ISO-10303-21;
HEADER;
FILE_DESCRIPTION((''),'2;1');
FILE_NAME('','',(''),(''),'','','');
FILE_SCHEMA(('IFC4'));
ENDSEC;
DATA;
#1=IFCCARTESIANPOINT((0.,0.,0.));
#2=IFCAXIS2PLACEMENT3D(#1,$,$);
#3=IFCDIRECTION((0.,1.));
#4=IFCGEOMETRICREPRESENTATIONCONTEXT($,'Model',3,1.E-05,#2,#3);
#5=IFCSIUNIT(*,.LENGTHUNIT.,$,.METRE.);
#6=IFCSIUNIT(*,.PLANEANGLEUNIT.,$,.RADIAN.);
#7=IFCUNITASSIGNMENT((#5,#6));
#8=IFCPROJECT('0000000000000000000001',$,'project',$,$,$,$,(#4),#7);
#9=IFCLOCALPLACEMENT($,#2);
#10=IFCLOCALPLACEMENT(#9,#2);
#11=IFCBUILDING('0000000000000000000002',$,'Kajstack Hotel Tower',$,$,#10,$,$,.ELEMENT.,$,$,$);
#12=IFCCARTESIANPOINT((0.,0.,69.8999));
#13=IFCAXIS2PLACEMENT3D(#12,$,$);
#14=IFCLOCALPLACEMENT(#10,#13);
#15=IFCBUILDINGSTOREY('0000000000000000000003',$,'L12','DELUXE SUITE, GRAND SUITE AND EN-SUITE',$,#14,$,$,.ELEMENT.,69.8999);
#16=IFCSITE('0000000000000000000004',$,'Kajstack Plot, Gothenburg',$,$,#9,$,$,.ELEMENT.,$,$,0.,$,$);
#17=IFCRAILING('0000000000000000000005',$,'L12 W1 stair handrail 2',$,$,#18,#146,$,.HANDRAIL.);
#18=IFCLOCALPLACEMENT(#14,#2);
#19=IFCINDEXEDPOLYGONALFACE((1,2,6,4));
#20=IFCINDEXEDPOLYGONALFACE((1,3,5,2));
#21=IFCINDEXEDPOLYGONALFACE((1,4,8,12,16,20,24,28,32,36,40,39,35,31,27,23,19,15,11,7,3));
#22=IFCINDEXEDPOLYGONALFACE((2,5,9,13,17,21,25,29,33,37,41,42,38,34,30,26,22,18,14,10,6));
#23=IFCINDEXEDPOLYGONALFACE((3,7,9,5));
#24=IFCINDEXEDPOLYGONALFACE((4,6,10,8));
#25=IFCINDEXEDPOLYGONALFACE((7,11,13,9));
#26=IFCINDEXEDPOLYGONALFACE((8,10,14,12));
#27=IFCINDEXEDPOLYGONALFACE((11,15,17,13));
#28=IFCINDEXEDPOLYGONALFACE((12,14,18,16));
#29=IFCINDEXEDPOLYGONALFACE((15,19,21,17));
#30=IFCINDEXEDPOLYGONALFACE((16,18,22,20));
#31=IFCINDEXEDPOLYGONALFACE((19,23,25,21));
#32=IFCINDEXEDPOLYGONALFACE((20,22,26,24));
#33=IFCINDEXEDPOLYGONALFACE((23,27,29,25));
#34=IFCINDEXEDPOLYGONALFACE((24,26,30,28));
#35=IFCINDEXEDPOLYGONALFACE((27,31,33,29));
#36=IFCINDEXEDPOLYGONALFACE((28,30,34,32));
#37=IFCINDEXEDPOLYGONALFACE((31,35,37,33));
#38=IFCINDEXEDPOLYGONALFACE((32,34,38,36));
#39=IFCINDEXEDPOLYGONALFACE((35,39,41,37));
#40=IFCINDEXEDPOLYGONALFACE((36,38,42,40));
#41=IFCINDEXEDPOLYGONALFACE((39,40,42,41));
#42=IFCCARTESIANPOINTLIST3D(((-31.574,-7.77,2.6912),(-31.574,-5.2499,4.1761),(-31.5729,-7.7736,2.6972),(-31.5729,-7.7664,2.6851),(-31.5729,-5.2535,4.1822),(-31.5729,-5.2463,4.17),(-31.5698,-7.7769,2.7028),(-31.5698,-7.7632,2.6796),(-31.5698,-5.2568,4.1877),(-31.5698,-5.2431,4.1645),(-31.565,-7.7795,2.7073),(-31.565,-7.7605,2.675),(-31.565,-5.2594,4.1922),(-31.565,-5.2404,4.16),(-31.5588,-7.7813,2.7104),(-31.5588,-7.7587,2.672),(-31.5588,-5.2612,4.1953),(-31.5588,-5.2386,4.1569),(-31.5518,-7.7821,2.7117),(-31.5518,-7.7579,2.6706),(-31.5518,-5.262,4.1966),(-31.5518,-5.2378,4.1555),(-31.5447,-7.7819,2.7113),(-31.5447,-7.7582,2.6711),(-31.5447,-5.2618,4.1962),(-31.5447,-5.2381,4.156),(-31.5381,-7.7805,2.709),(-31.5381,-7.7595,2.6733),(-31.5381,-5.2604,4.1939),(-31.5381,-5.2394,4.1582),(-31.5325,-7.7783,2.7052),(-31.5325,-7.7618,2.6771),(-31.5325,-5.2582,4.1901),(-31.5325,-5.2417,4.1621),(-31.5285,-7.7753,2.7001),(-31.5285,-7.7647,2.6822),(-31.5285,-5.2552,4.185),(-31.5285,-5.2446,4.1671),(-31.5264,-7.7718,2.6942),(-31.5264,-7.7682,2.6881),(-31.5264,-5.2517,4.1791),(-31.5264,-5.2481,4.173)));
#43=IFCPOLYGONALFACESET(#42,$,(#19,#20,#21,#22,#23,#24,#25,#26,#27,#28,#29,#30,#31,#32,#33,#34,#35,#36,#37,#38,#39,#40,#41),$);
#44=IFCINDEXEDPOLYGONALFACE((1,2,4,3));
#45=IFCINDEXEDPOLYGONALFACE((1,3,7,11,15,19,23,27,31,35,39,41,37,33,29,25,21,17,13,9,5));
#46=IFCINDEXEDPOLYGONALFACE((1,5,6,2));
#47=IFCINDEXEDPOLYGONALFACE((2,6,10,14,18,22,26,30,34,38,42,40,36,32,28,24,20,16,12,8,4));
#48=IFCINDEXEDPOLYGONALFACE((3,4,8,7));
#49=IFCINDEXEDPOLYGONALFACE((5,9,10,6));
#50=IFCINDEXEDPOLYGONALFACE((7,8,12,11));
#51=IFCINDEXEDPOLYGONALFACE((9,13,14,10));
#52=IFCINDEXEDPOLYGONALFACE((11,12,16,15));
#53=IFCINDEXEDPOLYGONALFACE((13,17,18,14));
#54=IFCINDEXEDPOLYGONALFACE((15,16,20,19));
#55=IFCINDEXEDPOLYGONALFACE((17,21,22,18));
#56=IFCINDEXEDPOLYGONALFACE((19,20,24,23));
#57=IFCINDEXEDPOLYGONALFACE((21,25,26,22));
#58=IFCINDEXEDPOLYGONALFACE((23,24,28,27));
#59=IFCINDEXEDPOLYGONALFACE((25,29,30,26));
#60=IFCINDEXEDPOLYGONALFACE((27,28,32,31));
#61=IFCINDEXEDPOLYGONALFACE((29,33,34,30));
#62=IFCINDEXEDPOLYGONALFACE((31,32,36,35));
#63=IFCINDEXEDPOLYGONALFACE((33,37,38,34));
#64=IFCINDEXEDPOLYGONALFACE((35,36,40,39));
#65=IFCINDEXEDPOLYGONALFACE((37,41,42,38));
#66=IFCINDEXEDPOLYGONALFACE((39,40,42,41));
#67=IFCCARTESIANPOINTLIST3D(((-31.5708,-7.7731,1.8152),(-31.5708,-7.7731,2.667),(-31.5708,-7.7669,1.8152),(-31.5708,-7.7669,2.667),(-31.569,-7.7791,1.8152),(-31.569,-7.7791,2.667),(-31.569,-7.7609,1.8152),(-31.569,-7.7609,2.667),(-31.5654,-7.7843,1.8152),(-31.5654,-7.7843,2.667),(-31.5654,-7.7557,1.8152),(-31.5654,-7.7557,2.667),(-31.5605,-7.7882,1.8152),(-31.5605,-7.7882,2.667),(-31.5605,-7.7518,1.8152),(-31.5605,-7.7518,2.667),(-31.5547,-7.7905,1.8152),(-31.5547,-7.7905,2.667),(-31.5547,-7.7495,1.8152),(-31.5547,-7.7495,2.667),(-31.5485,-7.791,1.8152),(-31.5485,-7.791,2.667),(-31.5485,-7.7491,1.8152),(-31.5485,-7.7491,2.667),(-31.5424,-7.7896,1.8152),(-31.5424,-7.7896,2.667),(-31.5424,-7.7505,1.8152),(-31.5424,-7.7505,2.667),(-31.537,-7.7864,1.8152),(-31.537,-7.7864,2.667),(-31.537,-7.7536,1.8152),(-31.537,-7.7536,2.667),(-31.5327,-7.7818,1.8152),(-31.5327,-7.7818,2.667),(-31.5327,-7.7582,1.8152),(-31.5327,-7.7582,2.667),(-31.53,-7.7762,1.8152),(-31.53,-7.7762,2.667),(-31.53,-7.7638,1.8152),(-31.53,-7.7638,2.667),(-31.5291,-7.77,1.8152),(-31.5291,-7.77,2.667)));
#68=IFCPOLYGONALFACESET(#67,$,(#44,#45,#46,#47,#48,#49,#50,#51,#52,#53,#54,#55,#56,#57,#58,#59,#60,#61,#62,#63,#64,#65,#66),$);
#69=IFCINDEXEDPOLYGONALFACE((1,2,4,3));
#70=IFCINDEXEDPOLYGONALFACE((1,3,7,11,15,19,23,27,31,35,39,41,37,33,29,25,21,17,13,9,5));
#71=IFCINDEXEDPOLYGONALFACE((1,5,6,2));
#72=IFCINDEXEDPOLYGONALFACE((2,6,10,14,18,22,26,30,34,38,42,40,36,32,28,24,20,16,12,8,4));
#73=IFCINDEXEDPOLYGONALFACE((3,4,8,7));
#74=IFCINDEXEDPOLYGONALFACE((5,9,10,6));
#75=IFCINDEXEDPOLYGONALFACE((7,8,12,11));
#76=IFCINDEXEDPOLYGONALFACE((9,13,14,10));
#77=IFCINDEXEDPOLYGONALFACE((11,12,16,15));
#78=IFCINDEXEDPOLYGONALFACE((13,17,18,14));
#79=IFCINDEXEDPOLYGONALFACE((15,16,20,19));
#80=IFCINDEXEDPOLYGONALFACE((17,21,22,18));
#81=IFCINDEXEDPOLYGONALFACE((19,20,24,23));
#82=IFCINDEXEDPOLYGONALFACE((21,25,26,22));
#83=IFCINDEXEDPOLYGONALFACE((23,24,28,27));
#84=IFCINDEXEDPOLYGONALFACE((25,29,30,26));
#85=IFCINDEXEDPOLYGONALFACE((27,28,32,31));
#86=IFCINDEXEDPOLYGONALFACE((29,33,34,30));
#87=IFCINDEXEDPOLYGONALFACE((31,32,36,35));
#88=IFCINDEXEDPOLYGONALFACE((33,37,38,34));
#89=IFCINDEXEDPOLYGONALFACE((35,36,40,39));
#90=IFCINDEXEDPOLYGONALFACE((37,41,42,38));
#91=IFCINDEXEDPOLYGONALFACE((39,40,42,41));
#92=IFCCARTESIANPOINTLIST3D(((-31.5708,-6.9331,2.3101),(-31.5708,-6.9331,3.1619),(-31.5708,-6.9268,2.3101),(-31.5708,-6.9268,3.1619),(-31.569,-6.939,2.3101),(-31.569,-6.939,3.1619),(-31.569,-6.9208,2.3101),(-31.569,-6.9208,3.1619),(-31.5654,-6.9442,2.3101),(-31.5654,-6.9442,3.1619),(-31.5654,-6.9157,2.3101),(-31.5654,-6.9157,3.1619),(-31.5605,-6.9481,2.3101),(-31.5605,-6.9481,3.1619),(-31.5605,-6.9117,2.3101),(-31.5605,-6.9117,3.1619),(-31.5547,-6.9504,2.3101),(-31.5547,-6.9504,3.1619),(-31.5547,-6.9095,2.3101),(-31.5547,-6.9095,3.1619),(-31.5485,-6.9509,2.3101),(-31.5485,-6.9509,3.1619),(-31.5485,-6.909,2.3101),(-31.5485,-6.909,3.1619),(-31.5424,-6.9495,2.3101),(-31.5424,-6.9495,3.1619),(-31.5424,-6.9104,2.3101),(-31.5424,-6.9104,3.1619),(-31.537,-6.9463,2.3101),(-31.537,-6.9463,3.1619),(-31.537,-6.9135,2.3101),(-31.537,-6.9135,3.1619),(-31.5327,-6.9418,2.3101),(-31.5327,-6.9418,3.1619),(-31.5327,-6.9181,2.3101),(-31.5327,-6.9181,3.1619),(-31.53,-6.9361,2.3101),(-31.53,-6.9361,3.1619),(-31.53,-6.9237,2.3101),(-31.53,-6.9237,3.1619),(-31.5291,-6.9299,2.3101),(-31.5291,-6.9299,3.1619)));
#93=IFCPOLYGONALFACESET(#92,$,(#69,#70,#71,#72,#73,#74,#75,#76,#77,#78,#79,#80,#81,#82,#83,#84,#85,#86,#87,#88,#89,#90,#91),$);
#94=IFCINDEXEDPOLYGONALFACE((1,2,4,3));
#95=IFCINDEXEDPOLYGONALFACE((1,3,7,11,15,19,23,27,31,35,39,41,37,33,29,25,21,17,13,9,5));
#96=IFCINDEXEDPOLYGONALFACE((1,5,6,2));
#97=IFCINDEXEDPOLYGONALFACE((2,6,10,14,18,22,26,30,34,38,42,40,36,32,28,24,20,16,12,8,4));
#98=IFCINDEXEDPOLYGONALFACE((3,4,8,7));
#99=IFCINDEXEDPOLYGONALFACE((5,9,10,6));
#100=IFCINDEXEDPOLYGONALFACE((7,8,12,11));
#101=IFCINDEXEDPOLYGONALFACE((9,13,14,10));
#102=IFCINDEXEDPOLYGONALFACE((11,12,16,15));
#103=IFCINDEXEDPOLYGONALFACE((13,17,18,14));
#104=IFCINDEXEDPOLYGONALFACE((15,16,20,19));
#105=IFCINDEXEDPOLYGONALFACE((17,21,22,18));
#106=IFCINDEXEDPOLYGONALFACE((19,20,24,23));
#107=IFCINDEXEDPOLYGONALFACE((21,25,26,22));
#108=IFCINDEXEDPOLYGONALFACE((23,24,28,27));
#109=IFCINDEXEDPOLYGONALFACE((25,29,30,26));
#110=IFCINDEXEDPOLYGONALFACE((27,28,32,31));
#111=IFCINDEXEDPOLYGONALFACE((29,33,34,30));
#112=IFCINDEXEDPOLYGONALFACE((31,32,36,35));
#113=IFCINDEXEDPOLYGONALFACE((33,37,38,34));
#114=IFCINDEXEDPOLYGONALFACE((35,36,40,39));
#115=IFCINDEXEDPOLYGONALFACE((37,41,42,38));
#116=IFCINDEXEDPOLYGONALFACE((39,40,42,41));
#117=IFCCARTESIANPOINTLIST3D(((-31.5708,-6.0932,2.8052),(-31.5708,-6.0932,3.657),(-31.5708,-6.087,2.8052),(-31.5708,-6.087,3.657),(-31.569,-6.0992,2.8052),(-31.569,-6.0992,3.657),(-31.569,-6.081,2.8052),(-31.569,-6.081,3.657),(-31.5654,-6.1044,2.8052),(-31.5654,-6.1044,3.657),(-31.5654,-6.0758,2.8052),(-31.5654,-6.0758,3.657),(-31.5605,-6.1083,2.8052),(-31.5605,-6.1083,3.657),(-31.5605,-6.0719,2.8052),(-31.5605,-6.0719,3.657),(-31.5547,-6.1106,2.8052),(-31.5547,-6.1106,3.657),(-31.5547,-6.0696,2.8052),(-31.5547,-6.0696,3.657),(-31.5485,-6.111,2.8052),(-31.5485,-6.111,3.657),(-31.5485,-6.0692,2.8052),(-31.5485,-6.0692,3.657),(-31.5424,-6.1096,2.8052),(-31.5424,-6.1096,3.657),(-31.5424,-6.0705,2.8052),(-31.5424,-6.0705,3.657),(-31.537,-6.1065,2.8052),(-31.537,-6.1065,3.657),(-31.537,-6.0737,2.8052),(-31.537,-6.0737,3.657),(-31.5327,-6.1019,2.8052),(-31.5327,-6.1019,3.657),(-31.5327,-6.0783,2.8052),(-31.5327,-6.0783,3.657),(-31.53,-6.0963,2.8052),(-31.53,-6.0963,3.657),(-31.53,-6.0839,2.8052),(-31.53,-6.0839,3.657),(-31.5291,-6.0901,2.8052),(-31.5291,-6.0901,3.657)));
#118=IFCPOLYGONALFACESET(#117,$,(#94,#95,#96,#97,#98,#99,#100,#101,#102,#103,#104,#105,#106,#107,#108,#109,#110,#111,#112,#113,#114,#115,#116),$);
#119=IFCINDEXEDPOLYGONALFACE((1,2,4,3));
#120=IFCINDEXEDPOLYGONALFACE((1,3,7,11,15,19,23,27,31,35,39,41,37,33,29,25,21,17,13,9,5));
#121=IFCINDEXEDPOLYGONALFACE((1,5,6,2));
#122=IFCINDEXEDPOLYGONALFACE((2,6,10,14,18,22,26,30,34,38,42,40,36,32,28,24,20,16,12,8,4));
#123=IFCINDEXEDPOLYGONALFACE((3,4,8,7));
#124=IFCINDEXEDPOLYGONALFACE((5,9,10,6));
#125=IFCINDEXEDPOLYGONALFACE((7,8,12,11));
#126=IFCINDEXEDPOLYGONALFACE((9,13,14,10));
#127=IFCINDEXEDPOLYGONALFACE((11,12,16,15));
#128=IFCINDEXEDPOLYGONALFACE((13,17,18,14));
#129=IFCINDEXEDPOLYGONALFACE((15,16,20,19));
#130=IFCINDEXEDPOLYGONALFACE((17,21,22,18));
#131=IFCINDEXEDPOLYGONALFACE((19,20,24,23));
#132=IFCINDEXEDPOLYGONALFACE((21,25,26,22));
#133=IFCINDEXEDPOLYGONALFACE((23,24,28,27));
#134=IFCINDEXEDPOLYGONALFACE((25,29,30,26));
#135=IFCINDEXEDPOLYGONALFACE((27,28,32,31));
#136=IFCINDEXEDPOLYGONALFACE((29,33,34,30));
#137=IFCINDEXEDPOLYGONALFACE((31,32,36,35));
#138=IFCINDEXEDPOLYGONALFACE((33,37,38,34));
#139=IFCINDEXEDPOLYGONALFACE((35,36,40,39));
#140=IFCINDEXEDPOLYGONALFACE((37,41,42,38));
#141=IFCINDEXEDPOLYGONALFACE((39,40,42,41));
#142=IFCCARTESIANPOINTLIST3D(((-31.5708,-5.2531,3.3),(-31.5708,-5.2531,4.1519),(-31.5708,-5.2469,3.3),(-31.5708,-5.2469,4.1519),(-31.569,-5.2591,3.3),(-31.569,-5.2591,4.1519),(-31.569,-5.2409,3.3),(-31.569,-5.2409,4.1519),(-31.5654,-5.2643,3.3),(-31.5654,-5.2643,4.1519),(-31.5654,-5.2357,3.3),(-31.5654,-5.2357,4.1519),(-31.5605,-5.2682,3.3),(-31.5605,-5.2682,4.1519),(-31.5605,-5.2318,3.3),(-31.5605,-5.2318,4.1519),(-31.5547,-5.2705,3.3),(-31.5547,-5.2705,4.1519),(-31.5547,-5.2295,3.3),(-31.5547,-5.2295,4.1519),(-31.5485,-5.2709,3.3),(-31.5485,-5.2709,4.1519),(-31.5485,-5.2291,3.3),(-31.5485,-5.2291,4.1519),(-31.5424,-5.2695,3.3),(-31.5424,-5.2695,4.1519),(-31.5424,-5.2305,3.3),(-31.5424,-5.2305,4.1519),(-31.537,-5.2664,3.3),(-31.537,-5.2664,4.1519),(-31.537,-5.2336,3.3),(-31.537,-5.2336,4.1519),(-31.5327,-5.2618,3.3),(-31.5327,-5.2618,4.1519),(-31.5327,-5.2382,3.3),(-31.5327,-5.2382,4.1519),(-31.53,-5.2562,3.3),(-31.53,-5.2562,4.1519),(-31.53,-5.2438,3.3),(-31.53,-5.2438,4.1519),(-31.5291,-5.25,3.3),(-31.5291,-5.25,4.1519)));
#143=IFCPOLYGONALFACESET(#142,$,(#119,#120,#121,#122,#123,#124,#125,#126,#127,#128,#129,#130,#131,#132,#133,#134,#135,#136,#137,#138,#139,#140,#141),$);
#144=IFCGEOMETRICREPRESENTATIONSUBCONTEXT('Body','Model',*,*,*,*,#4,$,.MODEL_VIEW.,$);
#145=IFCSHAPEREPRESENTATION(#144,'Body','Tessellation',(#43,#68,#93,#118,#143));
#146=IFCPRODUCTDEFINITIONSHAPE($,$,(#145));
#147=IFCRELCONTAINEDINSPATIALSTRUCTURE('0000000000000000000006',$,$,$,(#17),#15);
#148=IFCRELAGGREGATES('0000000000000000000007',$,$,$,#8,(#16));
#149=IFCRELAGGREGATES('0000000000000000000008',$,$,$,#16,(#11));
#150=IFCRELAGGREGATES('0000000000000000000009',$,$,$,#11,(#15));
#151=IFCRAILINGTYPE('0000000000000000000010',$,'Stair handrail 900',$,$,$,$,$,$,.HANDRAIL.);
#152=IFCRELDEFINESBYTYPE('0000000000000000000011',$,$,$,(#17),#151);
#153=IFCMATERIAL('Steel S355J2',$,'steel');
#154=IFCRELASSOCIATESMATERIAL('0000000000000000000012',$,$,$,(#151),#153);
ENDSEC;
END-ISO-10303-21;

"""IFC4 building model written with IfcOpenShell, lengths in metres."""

from ifc_helpers import new_model, si_unit, direction, frame, origin, origin_2d, place, context, subcontext, project, spatial, circle, extrude, material, type_object, element, save


model = new_model("IFC4")

# Units and contexts
model_context = context("Model", 3, precision=1e-05, world=origin(), true_north=direction((0.0, 1.0)))
body_context = subcontext(model_context, "Body", "Model", "MODEL_VIEW")
ifc_project = project(units=[si_unit("LENGTHUNIT", "METRE"), si_unit("PLANEANGLEUNIT", "RADIAN")], contexts=[model_context])

# Site, building, storey
site_placement = place(None, origin())
site = spatial("IfcSite", under=ifc_project, at=site_placement, Name="Kajstack Plot, Gothenburg", CompositionType="ELEMENT", RefElevation=0.0)
building_placement = place(site_placement, origin())
building = spatial("IfcBuilding", under=site, at=building_placement, Name="Kajstack Hotel Tower", CompositionType="ELEMENT")
storey_placement = place(building_placement, frame((0.0, 0.0, 69.8999)))
storey = spatial("IfcBuildingStorey", under=building, at=storey_placement, Name="L12", Description="DELUXE SUITE, GRAND SUITE AND EN-SUITE", CompositionType="ELEMENT", Elevation=69.8999)

# Railing
ifc_material_1 = material(Name="Steel S355J2", Category="steel")
railing_type = type_object("IfcRailingType", Name="Stair handrail 900", PredefinedType="HANDRAIL", material=ifc_material_1)
railing_1_placement = place(storey_placement, frame((-31.55, -7.77, 1.8152)))
element("IfcRailing", 1, at=railing_1_placement, inside=storey, type_object=railing_type, Name="L12 W1 stair handrail 2", PredefinedType="HANDRAIL", context=body_context, shape_type="SweptSolid", body=[
    extrude(circle(Radius=0.0239, at=origin_2d()), frame((0.0, 0.0, 0.876), z_axis=(0.0, 0.861561, 0.507655), x_axis=(-1.0, 0.0, 0.0)), (0.0, 0.0, 1.0), 2.925),
    extrude(circle(Radius=0.021, at=origin_2d()), origin(), (0.0, 0.0, 1.0), 0.8518),
    extrude(circle(Radius=0.021, at=origin_2d()), frame((0.0, 0.8401, 0.4949)), (0.0, 0.0, 1.0), 0.8518),
    extrude(circle(Radius=0.021, at=origin_2d()), frame((0.0, 1.6799, 0.99)), (0.0, 0.0, 1.0), 0.8518),
    extrude(circle(Radius=0.021, at=origin_2d()), frame((0.0, 2.52, 1.4849)), (0.0, 0.0, 1.0), 0.8518),
])

save(model, "model.ifc")
